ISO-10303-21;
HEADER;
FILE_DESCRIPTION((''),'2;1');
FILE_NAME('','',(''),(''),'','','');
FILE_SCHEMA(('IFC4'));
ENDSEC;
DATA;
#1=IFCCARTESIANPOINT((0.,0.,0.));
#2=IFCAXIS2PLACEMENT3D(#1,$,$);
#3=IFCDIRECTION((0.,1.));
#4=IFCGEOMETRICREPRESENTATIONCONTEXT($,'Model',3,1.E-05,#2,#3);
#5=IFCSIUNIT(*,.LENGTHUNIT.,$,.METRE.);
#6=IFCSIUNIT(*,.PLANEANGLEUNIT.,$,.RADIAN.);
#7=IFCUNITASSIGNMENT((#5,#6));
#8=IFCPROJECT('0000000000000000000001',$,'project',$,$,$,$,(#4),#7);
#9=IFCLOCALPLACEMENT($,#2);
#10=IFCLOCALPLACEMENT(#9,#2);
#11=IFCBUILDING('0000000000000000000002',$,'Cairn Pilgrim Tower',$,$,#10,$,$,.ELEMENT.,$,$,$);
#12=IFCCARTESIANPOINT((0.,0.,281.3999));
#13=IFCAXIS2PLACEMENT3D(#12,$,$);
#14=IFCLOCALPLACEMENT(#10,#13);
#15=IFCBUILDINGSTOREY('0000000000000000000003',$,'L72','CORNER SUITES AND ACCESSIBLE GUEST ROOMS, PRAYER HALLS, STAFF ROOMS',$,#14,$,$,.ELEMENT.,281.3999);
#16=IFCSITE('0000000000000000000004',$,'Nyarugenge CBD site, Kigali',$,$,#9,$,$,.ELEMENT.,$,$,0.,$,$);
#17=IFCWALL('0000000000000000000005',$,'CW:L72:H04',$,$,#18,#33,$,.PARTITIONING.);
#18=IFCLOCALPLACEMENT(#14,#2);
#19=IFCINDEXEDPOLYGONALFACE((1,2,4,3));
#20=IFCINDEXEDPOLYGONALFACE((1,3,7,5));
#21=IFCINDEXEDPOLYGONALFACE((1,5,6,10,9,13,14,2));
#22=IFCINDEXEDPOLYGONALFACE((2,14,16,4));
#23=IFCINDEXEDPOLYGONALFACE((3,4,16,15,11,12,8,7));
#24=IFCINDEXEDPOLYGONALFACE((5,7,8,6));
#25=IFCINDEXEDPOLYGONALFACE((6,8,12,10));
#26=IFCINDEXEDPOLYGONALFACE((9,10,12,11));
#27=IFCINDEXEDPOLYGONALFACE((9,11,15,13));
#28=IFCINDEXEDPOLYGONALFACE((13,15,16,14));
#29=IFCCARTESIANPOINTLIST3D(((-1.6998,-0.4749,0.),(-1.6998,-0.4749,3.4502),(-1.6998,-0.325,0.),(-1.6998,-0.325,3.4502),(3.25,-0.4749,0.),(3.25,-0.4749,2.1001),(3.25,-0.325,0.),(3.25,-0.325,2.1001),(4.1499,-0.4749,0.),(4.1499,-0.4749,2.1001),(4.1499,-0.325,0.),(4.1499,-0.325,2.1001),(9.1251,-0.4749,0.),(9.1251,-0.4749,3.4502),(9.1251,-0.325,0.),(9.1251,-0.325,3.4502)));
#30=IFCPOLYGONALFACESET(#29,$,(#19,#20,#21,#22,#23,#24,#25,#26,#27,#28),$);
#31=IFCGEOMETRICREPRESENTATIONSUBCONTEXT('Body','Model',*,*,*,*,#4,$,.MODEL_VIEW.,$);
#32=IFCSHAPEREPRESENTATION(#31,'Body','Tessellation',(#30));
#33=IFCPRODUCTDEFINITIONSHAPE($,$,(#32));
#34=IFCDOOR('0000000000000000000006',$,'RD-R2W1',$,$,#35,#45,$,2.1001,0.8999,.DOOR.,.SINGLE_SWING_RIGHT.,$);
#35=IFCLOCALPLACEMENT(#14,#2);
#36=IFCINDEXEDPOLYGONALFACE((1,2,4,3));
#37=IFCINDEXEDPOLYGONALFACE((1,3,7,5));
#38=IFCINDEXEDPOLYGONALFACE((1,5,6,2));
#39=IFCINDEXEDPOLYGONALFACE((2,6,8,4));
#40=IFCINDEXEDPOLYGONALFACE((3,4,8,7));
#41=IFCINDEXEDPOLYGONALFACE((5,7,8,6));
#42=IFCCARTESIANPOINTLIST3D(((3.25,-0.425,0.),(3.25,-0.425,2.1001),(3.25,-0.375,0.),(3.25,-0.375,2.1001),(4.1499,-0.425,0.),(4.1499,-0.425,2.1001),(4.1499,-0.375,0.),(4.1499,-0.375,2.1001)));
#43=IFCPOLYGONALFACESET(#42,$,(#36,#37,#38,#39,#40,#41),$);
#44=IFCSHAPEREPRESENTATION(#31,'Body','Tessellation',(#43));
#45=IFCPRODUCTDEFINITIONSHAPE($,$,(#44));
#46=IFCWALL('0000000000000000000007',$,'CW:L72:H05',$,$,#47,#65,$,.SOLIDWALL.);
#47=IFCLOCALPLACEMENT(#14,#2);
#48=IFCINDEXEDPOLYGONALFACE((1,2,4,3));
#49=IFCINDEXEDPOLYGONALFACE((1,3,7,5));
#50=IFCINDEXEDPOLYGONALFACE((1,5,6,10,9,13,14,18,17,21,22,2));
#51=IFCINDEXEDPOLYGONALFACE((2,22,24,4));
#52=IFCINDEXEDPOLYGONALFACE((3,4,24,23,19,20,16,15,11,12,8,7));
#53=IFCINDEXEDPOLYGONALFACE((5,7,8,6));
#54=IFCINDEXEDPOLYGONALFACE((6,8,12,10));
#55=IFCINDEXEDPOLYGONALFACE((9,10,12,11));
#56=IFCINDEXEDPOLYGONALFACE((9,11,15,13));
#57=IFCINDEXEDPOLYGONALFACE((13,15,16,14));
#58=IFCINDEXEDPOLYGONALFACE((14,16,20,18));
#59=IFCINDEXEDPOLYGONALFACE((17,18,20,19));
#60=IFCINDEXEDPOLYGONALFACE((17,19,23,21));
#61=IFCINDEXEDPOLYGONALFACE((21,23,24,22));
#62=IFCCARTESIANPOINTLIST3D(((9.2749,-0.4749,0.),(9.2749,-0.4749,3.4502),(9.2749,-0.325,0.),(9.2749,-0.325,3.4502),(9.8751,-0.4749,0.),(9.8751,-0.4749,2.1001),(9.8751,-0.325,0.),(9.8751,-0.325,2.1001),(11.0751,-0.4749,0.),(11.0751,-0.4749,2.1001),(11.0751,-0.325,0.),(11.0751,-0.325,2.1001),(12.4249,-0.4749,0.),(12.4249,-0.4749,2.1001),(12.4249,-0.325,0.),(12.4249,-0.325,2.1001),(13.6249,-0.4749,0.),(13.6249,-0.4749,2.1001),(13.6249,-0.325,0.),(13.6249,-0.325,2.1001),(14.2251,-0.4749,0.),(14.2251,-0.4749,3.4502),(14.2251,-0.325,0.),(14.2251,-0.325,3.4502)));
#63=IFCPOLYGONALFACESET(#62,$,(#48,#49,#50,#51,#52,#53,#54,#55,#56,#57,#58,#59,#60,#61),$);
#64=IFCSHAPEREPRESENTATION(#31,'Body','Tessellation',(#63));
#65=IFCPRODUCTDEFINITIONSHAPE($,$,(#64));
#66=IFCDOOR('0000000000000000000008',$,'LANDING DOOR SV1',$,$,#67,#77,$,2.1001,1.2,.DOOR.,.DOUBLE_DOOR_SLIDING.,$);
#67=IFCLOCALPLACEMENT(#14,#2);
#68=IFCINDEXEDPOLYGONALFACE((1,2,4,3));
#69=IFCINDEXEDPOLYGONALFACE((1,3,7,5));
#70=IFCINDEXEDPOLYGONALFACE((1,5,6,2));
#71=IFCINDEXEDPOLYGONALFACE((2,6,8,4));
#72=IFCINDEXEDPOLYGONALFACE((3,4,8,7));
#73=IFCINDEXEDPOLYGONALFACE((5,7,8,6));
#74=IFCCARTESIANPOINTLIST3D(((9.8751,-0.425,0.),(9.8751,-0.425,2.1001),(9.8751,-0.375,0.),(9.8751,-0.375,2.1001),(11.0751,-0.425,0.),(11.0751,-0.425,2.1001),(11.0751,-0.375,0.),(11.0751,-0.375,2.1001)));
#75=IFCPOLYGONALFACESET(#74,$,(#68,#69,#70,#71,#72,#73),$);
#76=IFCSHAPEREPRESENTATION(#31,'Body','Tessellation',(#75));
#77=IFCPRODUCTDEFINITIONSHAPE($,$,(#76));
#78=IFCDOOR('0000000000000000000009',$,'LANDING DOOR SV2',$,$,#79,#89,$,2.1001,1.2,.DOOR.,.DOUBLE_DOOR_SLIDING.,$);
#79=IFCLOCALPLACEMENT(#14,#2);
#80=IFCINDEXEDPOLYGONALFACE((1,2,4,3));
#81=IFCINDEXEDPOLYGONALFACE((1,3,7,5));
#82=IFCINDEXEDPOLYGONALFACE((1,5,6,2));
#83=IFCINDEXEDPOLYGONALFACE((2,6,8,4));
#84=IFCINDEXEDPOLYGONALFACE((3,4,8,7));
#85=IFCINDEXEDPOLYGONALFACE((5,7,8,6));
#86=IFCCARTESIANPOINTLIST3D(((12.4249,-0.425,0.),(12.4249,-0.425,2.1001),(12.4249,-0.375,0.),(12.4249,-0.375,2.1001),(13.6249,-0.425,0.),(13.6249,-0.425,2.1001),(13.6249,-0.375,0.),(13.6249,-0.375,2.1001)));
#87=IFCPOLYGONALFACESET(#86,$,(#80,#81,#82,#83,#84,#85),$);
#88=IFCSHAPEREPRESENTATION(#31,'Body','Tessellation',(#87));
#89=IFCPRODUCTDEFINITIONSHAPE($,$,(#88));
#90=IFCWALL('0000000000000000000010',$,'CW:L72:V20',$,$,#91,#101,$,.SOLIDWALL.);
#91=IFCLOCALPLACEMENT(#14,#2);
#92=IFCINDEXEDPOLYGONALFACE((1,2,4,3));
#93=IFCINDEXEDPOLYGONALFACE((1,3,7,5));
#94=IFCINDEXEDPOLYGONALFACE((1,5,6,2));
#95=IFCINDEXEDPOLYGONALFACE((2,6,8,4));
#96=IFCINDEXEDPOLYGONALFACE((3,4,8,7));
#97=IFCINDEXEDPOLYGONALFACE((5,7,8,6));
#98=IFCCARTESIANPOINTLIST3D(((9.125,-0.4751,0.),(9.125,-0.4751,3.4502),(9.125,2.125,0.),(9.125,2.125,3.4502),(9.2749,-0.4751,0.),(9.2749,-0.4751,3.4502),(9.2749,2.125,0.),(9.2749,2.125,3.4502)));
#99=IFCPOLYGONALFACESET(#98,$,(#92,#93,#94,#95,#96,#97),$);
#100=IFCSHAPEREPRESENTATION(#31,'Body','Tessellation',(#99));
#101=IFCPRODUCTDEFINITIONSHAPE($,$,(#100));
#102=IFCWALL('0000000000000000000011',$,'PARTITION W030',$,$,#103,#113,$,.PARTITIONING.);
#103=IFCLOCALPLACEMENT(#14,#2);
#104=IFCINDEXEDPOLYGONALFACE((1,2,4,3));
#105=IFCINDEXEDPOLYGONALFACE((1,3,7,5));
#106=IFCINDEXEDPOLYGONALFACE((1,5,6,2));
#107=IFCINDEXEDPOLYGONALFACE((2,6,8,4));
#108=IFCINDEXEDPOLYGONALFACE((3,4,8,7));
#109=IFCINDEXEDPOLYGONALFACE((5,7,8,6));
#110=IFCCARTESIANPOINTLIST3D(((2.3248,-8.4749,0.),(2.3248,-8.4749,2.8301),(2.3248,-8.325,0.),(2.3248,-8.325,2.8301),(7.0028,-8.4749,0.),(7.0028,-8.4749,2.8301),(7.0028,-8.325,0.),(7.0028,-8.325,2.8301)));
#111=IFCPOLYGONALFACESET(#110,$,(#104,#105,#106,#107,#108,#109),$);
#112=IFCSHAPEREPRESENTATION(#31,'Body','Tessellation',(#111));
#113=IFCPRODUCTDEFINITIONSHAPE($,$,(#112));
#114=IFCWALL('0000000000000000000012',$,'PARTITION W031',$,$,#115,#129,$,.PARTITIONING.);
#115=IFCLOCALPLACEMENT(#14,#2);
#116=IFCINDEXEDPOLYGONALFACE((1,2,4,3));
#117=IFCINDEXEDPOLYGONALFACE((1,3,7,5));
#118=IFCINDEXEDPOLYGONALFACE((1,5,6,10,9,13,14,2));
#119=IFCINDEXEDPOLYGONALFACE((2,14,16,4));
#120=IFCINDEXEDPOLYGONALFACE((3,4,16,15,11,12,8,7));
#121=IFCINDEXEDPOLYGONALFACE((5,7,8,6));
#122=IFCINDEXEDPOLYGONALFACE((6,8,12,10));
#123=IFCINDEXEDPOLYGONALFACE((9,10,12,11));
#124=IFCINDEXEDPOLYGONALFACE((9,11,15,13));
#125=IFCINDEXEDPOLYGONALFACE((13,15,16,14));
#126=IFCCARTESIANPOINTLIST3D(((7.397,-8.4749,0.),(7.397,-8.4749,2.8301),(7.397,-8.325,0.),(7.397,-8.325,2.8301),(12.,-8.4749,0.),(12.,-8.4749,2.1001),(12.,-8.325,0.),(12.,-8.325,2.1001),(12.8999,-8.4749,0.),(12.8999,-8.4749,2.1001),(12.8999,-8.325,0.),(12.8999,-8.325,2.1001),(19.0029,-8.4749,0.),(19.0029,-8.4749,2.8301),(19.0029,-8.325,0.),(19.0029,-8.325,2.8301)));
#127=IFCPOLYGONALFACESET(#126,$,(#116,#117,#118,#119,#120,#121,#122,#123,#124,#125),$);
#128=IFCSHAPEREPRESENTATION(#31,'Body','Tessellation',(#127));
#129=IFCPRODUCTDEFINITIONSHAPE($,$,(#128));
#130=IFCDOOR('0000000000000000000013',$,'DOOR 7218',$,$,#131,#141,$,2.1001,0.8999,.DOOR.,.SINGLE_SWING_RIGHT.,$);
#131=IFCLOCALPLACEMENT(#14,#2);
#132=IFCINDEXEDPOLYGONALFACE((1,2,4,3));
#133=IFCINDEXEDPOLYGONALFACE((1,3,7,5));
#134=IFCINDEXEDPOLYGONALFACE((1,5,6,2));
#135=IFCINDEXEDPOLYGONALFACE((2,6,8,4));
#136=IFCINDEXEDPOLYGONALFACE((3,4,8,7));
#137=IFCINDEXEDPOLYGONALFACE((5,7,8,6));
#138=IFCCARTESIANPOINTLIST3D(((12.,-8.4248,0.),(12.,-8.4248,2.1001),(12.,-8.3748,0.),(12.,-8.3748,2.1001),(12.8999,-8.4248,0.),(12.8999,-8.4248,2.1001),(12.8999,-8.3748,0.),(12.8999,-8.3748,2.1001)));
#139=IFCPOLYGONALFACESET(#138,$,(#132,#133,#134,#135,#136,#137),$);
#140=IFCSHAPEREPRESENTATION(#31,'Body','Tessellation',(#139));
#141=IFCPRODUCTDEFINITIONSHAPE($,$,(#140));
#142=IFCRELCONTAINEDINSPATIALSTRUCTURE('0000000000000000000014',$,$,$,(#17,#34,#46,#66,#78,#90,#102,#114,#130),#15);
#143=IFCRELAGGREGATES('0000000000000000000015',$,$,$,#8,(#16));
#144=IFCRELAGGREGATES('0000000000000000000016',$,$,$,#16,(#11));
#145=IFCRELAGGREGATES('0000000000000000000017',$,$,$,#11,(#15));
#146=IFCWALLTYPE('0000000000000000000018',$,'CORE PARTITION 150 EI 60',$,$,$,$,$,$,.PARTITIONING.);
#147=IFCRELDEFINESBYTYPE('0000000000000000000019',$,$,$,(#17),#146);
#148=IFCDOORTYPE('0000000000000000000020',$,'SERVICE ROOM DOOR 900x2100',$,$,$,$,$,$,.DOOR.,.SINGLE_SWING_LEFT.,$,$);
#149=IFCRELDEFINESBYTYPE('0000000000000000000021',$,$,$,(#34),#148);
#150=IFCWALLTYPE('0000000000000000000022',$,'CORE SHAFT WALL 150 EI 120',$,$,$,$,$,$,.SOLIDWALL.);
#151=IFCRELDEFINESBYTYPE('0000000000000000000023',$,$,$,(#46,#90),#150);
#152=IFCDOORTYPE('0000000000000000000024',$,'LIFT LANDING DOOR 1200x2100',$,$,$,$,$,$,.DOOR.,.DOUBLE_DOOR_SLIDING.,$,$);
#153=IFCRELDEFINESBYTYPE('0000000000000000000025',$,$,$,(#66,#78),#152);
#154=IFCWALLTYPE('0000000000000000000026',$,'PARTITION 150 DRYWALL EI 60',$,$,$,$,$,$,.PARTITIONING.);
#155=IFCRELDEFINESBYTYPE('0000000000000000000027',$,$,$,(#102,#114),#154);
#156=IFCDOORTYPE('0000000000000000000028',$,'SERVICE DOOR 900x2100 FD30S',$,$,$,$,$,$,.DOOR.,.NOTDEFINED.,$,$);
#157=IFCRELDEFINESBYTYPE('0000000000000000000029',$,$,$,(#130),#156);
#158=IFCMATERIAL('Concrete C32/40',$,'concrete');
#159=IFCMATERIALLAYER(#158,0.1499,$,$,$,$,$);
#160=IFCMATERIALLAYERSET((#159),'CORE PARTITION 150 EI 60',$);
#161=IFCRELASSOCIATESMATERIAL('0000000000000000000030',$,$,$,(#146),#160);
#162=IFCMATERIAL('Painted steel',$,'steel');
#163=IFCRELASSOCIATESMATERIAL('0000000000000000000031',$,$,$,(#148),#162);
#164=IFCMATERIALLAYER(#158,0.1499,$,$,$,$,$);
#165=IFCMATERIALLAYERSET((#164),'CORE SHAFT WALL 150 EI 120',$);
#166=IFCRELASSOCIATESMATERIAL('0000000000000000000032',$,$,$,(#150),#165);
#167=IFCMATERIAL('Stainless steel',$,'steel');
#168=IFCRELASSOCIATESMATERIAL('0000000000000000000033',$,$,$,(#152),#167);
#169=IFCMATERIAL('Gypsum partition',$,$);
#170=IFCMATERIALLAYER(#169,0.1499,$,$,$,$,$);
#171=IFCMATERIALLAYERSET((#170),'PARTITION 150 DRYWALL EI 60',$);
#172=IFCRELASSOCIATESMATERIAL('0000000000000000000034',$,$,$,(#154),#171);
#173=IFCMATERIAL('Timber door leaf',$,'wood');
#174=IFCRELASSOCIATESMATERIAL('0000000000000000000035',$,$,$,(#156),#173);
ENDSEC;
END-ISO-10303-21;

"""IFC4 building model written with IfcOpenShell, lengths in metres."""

from ifc_helpers import new_model, si_unit, direction, frame, frame_2d, origin, place, context, subcontext, project, spatial, rectangle, extrude, material, layer, layer_set, type_object, element, fill, save


model = new_model("IFC4")

# Units and contexts
model_context = context("Model", 3, precision=1e-05, world=origin(), true_north=direction((0.0, 1.0)))
body_context = subcontext(model_context, "Body", "Model", "MODEL_VIEW")
ifc_project = project(units=[si_unit("LENGTHUNIT", "METRE"), si_unit("PLANEANGLEUNIT", "RADIAN")], contexts=[model_context])

# Site, building, storey
site_placement = place(None, origin())
site = spatial("IfcSite", under=ifc_project, at=site_placement, Name="Nyarugenge CBD site, Kigali", CompositionType="ELEMENT", RefElevation=0.0)
building_placement = place(site_placement, origin())
building = spatial("IfcBuilding", under=site, at=building_placement, Name="Cairn Pilgrim Tower", CompositionType="ELEMENT")
storey_placement = place(building_placement, frame((0.0, 0.0, 281.3999)))
storey = spatial("IfcBuildingStorey", under=building, at=storey_placement, Name="L72", Description="CORNER SUITES AND ACCESSIBLE GUEST ROOMS, PRAYER HALLS, STAFF ROOMS", CompositionType="ELEMENT", Elevation=281.3999)

# Shared definitions
ifc_material_1 = material(Name="Concrete C32/40", Category="concrete")

# Wall, opening, door
ifc_layer_1 = layer(ifc_material_1, 0.1499)
ifc_layer_set_1 = layer_set([ifc_layer_1], Name="CORE PARTITION 150 EI 60")
wall_type_1 = type_object("IfcWallType", Name="CORE PARTITION 150 EI 60", PredefinedType="PARTITIONING", material=ifc_layer_set_1)
ifc_material_2 = material(Name="Painted steel", Category="steel")
door_type_1 = type_object("IfcDoorType", Name="SERVICE ROOM DOOR 900x2100", OperationType="SINGLE_SWING_LEFT", PredefinedType="DOOR", material=ifc_material_2)
wall_1_placement = place(storey_placement, frame((-1.7, -0.3999, 0.0), z_axis=(0.0, 0.0, 1.0), x_axis=(1.0, 0.0, 0.0)))
wall_1 = element("IfcWall", 1, at=wall_1_placement, inside=storey, type_object=wall_type_1, Name="CW:L72:H04", PredefinedType="PARTITIONING", context=body_context, shape_type="SweptSolid", body=[
    extrude(rectangle(XDim=10.825, YDim=0.1499, at=frame_2d((5.4126, 0.0))), origin(), (0.0, 0.0, 1.0), 3.4502),
])
opening_1_placement = place(wall_1_placement, frame((4.95, 0.0, 0.0)))
opening_1 = element("IfcOpeningElement", 2, at=opening_1_placement, cuts=wall_1, PredefinedType="OPENING", context=body_context, shape_type="SweptSolid", body=[
    extrude(rectangle(XDim=0.8999, YDim=2.1001, at=frame_2d((0.45, 1.05))), frame((0.0, 0.085, 0.0), z_axis=(0.0, -1.0, 0.0), x_axis=(1.0, 0.0, 0.0)), (0.0, 0.0, 1.0), 0.1699),
])
door_1_placement = place(opening_1_placement, origin())
door_1 = element("IfcDoor", 3, at=door_1_placement, inside=storey, type_object=door_type_1, Name="RD-R2W1", OperationType="SINGLE_SWING_RIGHT", OverallHeight=2.1001, OverallWidth=0.8999, PredefinedType="DOOR", context=body_context, shape_type="SweptSolid", body=[
    extrude(rectangle(XDim=0.8999, YDim=2.1001, at=frame_2d((0.45, 1.05))), frame((0.0, 0.0249, 0.0), z_axis=(0.0, -1.0, 0.0), x_axis=(1.0, 0.0, 0.0)), (0.0, 0.0, 1.0), 0.05),
])
fill(opening_1, door_1)

# Wall, openings, doors
ifc_layer_2 = layer(ifc_material_1, 0.1499)
ifc_layer_set_2 = layer_set([ifc_layer_2], Name="CORE SHAFT WALL 150 EI 120")
wall_type_2 = type_object("IfcWallType", Name="CORE SHAFT WALL 150 EI 120", PredefinedType="SOLIDWALL", material=ifc_layer_set_2)
wall_2_placement = place(storey_placement, frame((9.2749, -0.3999, 0.0), z_axis=(0.0, 0.0, 1.0), x_axis=(1.0, 0.0, 0.0)))
wall_2 = element("IfcWall", 4, at=wall_2_placement, inside=storey, type_object=wall_type_2, Name="CW:L72:H05", PredefinedType="SOLIDWALL", context=body_context, shape_type="SweptSolid", body=[
    extrude(rectangle(XDim=4.9502, YDim=0.1499, at=frame_2d((2.4751, 0.0))), origin(), (0.0, 0.0, 1.0), 3.4502),
])
opening_2_placement = place(wall_2_placement, frame((0.6001, 0.0, 0.0)))
opening_2 = element("IfcOpeningElement", 5, at=opening_2_placement, cuts=wall_2, PredefinedType="OPENING", context=body_context, shape_type="SweptSolid", body=[
    extrude(rectangle(XDim=1.2, YDim=2.1001, at=frame_2d((0.6001, 1.05))), frame((0.0, 0.085, 0.0), z_axis=(0.0, -1.0, 0.0), x_axis=(1.0, 0.0, 0.0)), (0.0, 0.0, 1.0), 0.1699),
])
opening_3_placement = place(wall_2_placement, frame((3.1499, 0.0, 0.0)))
opening_3 = element("IfcOpeningElement", 6, at=opening_3_placement, cuts=wall_2, PredefinedType="OPENING", context=body_context, shape_type="SweptSolid", body=[
    extrude(rectangle(XDim=1.2, YDim=2.1001, at=frame_2d((0.6001, 1.05))), frame((0.0, 0.085, 0.0), z_axis=(0.0, -1.0, 0.0), x_axis=(1.0, 0.0, 0.0)), (0.0, 0.0, 1.0), 0.1699),
])
ifc_material_3 = material(Name="Stainless steel", Category="steel")
door_type_2 = type_object("IfcDoorType", Name="LIFT LANDING DOOR 1200x2100", OperationType="DOUBLE_DOOR_SLIDING", PredefinedType="DOOR", material=ifc_material_3)
door_2_placement = place(opening_2_placement, origin())
door_2 = element("IfcDoor", 7, at=door_2_placement, inside=storey, type_object=door_type_2, Name="LANDING DOOR SV1", OperationType="DOUBLE_DOOR_SLIDING", OverallHeight=2.1001, OverallWidth=1.2, PredefinedType="DOOR", context=body_context, shape_type="SweptSolid", body=[
    extrude(rectangle(XDim=1.2, YDim=2.1001, at=frame_2d((0.6001, 1.05))), frame((0.0, 0.0249, 0.0), z_axis=(0.0, -1.0, 0.0), x_axis=(1.0, 0.0, 0.0)), (0.0, 0.0, 1.0), 0.05),
])
fill(opening_2, door_2)
door_3_placement = place(opening_3_placement, origin())
door_3 = element("IfcDoor", 8, at=door_3_placement, inside=storey, type_object=door_type_2, Name="LANDING DOOR SV2", OperationType="DOUBLE_DOOR_SLIDING", OverallHeight=2.1001, OverallWidth=1.2, PredefinedType="DOOR", context=body_context, shape_type="SweptSolid", body=[
    extrude(rectangle(XDim=1.2, YDim=2.1001, at=frame_2d((0.6001, 1.05))), frame((0.0, 0.0249, 0.0), z_axis=(0.0, -1.0, 0.0), x_axis=(1.0, 0.0, 0.0)), (0.0, 0.0, 1.0), 0.05),
])
fill(opening_3, door_3)

# Walls
wall_3_placement = place(storey_placement, frame((9.2, -0.4751, 0.0), z_axis=(0.0, 0.0, 1.0), x_axis=(0.0, 1.0, 0.0)))
element("IfcWall", 9, at=wall_3_placement, inside=storey, type_object=wall_type_2, Name="CW:L72:V20", PredefinedType="SOLIDWALL", context=body_context, shape_type="SweptSolid", body=[
    extrude(rectangle(XDim=2.6001, YDim=0.1499, at=frame_2d((1.3, 0.0))), origin(), (0.0, 0.0, 1.0), 3.4502),
])
ifc_material_4 = material(Name="Gypsum partition")
ifc_layer_3 = layer(ifc_material_4, 0.1499)
ifc_layer_set_3 = layer_set([ifc_layer_3], Name="PARTITION 150 DRYWALL EI 60")
wall_type_3 = type_object("IfcWallType", Name="PARTITION 150 DRYWALL EI 60", PredefinedType="PARTITIONING", material=ifc_layer_set_3)
wall_4_placement = place(storey_placement, frame((2.325, -8.3999, 0.0), z_axis=(0.0, 0.0, 1.0), x_axis=(1.0, 0.0, 0.0)))
element("IfcWall", 10, at=wall_4_placement, inside=storey, type_object=wall_type_3, Name="PARTITION W030", PredefinedType="PARTITIONING", context=body_context, shape_type="SweptSolid", body=[
    extrude(rectangle(XDim=4.678, YDim=0.1499, at=frame_2d((2.3389, 0.0))), origin(), (0.0, 0.0, 1.0), 2.8301),
])

# Wall, opening, door
wall_5_placement = place(storey_placement, frame((7.397, -8.3999, 0.0), z_axis=(0.0, 0.0, 1.0), x_axis=(1.0, 0.0, 0.0)))
wall_5 = element("IfcWall", 11, at=wall_5_placement, inside=storey, type_object=wall_type_3, Name="PARTITION W031", PredefinedType="PARTITIONING", context=body_context, shape_type="SweptSolid", body=[
    extrude(rectangle(XDim=11.606, YDim=0.1499, at=frame_2d((5.803, 0.0))), origin(), (0.0, 0.0, 1.0), 2.8301),
])
opening_4_placement = place(wall_5_placement, frame((4.603, 0.0, 0.0)))
opening_4 = element("IfcOpeningElement", 12, at=opening_4_placement, cuts=wall_5, PredefinedType="OPENING", context=body_context, shape_type="SweptSolid", body=[
    extrude(rectangle(XDim=0.8999, YDim=2.1001, at=frame_2d((0.45, 1.05))), frame((0.0, 0.085, 0.0), z_axis=(0.0, -1.0, 0.0), x_axis=(1.0, 0.0, 0.0)), (0.0, 0.0, 1.0), 0.1699),
])
ifc_material_5 = material(Name="Timber door leaf", Category="wood")
door_type_3 = type_object("IfcDoorType", Name="SERVICE DOOR 900x2100 FD30S", OperationType="NOTDEFINED", PredefinedType="DOOR", material=ifc_material_5)
door_4_placement = place(opening_4_placement, frame((0.8999, 0.0, 0.0), z_axis=(0.0, 0.0, 1.0), x_axis=(-1.0, 0.0, 0.0)))
door_4 = element("IfcDoor", 13, at=door_4_placement, inside=storey, type_object=door_type_3, Name="DOOR 7218", OperationType="SINGLE_SWING_RIGHT", OverallHeight=2.1001, OverallWidth=0.8999, PredefinedType="DOOR", context=body_context, shape_type="SweptSolid", body=[
    extrude(rectangle(XDim=0.8999, YDim=2.1001, at=frame_2d((0.45, 1.05))), frame((0.0, 0.0249, 0.0), z_axis=(0.0, -1.0, 0.0), x_axis=(1.0, 0.0, 0.0)), (0.0, 0.0, 1.0), 0.05),
])
fill(opening_4, door_4)

save(model, "model.ifc")
